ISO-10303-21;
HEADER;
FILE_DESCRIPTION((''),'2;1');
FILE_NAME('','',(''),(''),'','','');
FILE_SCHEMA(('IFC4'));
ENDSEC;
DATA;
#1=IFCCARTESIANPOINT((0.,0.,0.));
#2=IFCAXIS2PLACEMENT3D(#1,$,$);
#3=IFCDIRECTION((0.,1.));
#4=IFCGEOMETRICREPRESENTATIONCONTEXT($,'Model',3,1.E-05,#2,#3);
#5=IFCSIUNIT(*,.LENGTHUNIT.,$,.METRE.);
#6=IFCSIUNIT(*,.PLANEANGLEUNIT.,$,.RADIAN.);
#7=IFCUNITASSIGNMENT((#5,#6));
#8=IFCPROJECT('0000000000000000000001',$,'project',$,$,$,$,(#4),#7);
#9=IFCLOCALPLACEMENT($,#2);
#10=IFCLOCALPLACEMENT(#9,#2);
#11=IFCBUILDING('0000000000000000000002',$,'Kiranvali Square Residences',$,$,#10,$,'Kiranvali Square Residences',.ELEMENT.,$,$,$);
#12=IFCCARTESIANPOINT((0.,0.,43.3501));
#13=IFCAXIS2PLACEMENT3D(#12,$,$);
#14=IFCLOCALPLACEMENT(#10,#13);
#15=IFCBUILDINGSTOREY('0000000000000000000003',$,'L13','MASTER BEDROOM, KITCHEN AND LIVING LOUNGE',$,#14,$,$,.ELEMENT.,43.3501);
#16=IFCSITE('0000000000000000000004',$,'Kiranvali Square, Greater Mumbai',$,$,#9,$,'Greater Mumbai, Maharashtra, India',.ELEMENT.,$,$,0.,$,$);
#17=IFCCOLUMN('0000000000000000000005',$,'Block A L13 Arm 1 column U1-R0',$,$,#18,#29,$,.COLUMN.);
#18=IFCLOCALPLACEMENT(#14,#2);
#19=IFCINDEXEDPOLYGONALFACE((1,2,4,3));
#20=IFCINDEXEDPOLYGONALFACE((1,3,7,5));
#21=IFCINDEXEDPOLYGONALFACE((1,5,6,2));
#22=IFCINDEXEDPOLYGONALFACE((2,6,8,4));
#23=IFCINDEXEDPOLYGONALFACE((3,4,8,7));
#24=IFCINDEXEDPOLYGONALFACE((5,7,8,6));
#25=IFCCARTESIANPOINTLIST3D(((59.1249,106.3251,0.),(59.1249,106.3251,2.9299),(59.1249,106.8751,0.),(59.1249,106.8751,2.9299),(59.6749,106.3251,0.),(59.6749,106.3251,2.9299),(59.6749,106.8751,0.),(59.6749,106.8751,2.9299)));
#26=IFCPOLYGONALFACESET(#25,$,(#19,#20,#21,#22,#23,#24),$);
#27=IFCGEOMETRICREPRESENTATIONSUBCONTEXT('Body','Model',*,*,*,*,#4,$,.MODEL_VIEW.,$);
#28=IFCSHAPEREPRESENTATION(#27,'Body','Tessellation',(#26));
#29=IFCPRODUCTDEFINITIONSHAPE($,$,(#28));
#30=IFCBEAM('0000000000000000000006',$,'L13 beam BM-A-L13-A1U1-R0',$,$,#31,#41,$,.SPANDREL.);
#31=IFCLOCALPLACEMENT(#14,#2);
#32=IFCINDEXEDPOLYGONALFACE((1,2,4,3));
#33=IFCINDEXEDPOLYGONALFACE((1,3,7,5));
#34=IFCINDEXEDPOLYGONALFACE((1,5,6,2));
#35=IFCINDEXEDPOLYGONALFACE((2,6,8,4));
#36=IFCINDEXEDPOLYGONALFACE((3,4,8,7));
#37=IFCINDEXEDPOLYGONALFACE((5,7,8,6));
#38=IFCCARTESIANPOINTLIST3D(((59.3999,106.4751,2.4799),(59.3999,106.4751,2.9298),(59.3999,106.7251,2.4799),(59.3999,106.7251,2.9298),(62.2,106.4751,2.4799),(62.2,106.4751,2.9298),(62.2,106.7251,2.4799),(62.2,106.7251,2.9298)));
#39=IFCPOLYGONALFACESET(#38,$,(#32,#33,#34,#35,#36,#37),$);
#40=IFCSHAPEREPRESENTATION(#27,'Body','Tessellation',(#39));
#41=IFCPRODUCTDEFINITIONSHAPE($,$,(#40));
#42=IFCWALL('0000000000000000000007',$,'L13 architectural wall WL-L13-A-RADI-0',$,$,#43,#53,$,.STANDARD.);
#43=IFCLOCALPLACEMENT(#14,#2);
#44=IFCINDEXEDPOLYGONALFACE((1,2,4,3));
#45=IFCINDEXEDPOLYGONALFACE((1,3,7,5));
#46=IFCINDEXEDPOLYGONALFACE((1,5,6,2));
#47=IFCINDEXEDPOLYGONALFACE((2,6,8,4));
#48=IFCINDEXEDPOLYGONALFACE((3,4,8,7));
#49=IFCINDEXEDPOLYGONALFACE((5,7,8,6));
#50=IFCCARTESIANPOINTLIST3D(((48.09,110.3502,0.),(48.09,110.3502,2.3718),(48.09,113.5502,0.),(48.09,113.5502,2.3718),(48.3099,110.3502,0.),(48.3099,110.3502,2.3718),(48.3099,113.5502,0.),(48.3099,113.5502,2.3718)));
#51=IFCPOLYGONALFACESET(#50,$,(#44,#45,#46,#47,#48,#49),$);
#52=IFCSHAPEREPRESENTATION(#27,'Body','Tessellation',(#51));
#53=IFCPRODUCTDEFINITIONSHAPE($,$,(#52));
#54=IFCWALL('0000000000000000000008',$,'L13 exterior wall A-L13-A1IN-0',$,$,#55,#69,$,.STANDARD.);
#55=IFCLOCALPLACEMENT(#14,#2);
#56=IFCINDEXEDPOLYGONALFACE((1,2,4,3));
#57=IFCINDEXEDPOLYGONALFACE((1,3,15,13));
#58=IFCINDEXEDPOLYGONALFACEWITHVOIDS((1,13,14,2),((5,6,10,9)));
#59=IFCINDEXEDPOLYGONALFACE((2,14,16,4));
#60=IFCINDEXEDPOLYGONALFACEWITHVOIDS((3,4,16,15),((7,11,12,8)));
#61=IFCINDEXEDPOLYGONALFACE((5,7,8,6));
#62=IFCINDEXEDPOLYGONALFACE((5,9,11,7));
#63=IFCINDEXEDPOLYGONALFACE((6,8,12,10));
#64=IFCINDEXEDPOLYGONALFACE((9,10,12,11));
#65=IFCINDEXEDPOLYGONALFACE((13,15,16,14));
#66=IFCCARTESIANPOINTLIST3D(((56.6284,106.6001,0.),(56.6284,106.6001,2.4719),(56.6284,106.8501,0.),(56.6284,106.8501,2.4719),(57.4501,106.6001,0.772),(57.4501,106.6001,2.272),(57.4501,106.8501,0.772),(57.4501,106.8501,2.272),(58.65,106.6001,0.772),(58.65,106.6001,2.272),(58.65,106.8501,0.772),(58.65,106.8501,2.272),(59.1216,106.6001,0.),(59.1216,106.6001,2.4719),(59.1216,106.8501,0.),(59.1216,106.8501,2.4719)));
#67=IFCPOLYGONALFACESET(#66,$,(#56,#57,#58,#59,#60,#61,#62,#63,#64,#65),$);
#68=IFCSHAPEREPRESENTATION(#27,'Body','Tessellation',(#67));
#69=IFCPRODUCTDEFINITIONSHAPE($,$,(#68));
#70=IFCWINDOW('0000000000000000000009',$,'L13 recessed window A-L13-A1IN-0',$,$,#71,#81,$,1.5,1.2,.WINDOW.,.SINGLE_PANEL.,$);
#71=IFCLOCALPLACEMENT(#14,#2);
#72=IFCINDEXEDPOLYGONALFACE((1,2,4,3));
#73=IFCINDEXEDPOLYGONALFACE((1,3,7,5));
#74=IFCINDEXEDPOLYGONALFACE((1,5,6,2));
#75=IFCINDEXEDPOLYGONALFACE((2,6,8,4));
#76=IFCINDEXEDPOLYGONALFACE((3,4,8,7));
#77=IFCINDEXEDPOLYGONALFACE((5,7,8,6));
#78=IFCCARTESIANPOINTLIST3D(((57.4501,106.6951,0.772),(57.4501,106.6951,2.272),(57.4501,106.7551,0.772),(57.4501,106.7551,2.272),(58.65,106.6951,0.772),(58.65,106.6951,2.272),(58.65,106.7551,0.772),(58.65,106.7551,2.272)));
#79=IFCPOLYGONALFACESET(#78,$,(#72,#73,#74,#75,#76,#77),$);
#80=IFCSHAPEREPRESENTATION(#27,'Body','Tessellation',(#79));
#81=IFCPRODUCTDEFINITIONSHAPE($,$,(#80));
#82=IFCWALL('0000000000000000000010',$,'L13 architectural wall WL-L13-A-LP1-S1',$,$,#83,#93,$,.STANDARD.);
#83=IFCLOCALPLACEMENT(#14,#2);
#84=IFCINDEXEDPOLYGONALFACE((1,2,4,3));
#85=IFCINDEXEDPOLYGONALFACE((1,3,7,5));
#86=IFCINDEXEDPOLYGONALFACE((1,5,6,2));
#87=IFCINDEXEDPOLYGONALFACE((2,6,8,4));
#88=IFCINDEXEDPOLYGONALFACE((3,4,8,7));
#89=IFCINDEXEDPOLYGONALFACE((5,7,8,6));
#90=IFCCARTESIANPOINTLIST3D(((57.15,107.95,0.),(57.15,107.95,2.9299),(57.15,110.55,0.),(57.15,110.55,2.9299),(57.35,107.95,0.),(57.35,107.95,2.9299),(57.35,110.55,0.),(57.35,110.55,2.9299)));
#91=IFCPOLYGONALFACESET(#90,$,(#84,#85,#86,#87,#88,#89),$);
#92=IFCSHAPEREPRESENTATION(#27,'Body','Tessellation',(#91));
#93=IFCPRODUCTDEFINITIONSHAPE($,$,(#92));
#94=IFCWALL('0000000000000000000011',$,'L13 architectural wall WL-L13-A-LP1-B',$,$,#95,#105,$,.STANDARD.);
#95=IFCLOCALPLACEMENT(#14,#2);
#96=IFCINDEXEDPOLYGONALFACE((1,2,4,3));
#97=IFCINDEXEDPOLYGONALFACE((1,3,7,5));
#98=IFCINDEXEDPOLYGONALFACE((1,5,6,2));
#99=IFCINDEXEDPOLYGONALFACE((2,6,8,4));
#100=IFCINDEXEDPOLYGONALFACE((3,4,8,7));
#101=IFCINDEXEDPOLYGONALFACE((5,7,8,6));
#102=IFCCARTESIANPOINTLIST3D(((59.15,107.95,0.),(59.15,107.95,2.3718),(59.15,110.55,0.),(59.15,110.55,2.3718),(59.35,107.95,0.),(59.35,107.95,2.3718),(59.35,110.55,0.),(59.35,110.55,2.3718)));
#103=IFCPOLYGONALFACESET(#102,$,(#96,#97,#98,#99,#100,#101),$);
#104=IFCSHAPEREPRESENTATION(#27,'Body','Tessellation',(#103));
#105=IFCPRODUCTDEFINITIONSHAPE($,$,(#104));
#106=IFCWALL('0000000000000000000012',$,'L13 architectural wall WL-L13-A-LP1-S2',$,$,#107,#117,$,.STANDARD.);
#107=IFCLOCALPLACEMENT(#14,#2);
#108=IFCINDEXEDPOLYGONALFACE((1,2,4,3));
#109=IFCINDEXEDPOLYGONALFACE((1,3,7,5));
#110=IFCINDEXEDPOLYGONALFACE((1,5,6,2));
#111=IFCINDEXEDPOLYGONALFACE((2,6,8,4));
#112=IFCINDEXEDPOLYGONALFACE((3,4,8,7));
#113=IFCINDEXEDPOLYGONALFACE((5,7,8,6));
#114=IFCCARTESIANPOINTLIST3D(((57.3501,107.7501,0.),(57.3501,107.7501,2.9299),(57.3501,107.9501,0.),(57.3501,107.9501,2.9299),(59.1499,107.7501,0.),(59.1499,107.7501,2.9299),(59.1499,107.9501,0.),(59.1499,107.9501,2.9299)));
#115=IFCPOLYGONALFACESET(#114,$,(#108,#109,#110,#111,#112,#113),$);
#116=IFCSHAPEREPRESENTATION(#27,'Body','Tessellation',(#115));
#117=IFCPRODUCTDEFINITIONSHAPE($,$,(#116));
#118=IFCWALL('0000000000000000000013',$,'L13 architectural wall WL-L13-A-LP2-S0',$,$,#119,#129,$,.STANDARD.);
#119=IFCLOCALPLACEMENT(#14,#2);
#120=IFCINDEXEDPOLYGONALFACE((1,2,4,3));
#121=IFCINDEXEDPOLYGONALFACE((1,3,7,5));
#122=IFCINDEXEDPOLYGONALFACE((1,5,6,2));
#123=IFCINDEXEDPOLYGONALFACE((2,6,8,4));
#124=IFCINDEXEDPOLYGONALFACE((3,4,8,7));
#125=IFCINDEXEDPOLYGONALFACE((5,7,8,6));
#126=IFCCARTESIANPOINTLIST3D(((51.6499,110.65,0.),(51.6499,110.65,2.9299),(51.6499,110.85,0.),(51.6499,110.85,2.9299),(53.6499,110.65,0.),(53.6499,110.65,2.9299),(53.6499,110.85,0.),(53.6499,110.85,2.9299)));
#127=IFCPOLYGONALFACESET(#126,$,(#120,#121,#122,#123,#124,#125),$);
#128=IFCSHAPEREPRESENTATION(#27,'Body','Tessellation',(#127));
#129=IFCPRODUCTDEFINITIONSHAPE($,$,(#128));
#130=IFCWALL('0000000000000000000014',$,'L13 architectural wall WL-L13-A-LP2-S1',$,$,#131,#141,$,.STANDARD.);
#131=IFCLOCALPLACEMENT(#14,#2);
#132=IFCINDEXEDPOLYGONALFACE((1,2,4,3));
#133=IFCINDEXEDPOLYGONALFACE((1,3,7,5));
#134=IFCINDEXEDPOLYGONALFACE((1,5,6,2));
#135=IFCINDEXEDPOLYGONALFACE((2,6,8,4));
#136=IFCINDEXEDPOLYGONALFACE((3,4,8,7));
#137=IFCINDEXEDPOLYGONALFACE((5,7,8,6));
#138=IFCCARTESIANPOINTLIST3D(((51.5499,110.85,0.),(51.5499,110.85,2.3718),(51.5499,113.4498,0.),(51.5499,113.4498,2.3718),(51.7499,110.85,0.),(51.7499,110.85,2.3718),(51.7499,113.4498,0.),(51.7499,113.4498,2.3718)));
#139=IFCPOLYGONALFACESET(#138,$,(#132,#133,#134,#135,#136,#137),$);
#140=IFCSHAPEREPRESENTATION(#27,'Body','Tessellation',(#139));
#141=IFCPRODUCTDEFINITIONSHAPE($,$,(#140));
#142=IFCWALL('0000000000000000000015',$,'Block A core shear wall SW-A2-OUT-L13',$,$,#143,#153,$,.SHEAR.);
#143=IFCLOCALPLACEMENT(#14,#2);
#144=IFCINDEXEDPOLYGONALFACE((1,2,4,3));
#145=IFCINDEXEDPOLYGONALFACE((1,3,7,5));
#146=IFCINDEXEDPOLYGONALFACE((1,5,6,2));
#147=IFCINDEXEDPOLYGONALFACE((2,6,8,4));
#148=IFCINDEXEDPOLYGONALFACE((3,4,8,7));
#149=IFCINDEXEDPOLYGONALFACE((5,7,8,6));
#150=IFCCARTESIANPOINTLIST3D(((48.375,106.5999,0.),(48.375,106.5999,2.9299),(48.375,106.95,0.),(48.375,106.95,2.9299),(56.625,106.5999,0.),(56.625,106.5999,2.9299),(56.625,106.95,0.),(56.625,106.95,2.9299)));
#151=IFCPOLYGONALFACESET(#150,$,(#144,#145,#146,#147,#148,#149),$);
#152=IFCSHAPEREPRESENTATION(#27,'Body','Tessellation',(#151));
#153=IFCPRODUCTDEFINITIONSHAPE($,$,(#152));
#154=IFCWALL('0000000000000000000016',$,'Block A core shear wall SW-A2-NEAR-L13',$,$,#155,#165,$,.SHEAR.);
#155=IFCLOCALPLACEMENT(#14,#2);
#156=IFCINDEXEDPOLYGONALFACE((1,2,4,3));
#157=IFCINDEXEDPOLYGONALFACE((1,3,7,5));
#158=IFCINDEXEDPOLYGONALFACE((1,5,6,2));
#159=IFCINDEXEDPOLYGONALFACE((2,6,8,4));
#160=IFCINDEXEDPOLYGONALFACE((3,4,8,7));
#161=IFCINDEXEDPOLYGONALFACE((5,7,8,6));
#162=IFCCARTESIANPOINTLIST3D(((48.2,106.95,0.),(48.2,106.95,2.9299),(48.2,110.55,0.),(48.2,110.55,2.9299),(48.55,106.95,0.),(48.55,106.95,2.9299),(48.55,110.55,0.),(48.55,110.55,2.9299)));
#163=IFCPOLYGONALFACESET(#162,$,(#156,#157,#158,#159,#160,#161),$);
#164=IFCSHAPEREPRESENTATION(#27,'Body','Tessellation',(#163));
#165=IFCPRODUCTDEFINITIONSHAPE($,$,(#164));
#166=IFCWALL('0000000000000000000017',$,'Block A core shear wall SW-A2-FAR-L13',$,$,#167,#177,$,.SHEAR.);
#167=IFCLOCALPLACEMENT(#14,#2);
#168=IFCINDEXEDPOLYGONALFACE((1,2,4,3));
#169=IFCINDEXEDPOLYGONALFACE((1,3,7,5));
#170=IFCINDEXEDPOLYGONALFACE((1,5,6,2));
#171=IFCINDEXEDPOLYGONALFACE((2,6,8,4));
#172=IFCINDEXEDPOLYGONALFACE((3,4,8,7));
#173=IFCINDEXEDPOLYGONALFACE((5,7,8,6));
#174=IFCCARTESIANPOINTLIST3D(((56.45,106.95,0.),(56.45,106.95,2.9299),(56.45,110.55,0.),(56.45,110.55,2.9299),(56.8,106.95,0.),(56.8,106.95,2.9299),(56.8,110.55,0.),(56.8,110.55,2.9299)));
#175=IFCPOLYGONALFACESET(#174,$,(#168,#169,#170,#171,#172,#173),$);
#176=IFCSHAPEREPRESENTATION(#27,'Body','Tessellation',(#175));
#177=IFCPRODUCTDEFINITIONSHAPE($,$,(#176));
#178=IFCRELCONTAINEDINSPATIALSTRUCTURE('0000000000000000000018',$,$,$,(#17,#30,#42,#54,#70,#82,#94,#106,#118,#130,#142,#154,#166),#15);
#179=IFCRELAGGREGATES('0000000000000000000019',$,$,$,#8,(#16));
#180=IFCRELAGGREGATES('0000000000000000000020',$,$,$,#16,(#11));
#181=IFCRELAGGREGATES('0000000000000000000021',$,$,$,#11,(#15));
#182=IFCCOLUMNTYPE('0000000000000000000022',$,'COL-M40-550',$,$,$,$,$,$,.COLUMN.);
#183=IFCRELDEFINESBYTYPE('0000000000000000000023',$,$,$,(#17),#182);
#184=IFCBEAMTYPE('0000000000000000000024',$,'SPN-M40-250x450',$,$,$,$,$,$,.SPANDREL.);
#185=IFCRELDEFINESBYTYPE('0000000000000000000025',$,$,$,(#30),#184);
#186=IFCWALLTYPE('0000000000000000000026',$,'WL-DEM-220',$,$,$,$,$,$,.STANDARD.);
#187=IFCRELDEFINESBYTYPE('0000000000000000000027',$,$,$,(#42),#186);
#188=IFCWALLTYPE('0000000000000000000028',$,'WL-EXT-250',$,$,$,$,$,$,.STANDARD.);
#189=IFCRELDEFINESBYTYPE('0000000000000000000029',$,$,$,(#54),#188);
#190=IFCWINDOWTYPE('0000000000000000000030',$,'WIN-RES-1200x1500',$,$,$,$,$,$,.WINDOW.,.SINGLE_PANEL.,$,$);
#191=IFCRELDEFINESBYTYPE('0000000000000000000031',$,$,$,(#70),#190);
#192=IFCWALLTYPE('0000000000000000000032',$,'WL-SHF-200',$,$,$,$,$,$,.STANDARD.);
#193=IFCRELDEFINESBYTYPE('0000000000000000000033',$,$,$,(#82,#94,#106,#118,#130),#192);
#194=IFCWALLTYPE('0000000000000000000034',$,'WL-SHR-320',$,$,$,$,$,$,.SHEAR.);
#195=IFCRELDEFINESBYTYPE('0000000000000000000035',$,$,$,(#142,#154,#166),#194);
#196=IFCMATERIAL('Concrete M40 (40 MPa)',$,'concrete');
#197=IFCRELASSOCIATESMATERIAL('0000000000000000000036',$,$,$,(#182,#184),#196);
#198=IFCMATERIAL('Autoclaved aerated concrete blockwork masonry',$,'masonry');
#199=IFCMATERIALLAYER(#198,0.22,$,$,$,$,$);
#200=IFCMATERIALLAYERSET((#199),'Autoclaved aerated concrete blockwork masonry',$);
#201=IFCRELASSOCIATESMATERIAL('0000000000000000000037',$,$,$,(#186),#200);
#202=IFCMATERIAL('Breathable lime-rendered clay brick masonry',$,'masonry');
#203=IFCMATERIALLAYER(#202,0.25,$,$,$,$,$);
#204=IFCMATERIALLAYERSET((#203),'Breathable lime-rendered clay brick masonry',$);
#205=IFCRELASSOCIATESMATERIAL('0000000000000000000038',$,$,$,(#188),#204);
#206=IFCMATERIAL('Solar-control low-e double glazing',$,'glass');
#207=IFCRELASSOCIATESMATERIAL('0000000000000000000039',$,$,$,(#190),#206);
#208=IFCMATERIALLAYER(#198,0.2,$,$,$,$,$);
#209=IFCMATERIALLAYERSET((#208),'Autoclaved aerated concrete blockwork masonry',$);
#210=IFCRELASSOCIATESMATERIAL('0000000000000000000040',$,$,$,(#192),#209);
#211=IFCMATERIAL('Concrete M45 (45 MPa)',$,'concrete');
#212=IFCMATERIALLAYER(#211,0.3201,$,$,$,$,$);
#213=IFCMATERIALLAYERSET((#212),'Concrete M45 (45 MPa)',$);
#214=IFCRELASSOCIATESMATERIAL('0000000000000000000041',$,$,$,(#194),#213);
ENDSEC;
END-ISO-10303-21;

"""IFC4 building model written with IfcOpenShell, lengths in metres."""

from ifc_helpers import new_model, si_unit, direction, frame, frame_2d, origin, origin_2d, place, context, subcontext, project, spatial, rectangle, extrude, material, layer, layer_set, material_profile, profile_set, type_object, element, fill, save


model = new_model("IFC4")

# Units and contexts
model_context = context("Model", 3, precision=1e-05, world=origin(), true_north=direction((0.0, 1.0)))
body_context = subcontext(model_context, "Body", "Model", "MODEL_VIEW")
ifc_project = project(units=[si_unit("LENGTHUNIT", "METRE"), si_unit("PLANEANGLEUNIT", "RADIAN")], contexts=[model_context])

# Site, building, storey
site_placement = place(None, origin())
site = spatial("IfcSite", under=ifc_project, at=site_placement, Name="Kiranvali Square, Greater Mumbai", LongName="Greater Mumbai, Maharashtra, India", CompositionType="ELEMENT", RefElevation=0.0)
building_placement = place(site_placement, origin())
building = spatial("IfcBuilding", under=site, at=building_placement, Name="Kiranvali Square Residences", LongName="Kiranvali Square Residences", CompositionType="ELEMENT")
storey_placement = place(building_placement, frame((0.0, 0.0, 43.3501)))
storey = spatial("IfcBuildingStorey", under=building, at=storey_placement, Name="L13", Description="MASTER BEDROOM, KITCHEN AND LIVING LOUNGE", CompositionType="ELEMENT", Elevation=43.3501)

# Column
ifc_material_1 = material(Name="Concrete M40 (40 MPa)", Category="concrete")
ifc_material_profile_1 = material_profile(ifc_material_1, rectangle(XDim=0.55, YDim=0.55, at=origin_2d()), Name="RC 550x550")
ifc_profile_set_1 = profile_set([ifc_material_profile_1], Name="Concrete M40 (40 MPa)")
column_type = type_object("IfcColumnType", Name="COL-M40-550", PredefinedType="COLUMN", material=ifc_profile_set_1)
column_placement = place(storey_placement, frame((59.3999, 106.6001, 0.0), z_axis=(0.0, 0.0, 1.0), x_axis=(1.0, 0.0, 0.0)))
element("IfcColumn", 1, at=column_placement, inside=storey, type_object=column_type, Name="Block A L13 Arm 1 column U1-R0", PredefinedType="COLUMN", context=body_context, shape_type="SweptSolid", body=[
    extrude(rectangle(XDim=0.55, YDim=0.55, at=origin_2d()), origin(), (0.0, 0.0, 1.0), 2.9299),
])

# Beam
ifc_material_profile_2 = material_profile(ifc_material_1, rectangle(XDim=0.25, YDim=0.45, at=origin_2d()), Name="RC 250x450")
ifc_profile_set_2 = profile_set([ifc_material_profile_2], Name="Concrete M40 (40 MPa)")
beam_type = type_object("IfcBeamType", Name="SPN-M40-250x450", PredefinedType="SPANDREL", material=ifc_profile_set_2)
beam_placement = place(storey_placement, frame((59.3999, 106.6001, 2.7048), z_axis=(1.0, 0.0, 0.0), x_axis=(0.0, 1.0, 0.0)))
element("IfcBeam", 2, at=beam_placement, inside=storey, type_object=beam_type, Name="L13 beam BM-A-L13-A1U1-R0", PredefinedType="SPANDREL", context=body_context, shape_type="SweptSolid", body=[
    extrude(rectangle(XDim=0.25, YDim=0.45, at=origin_2d()), origin(), (0.0, 0.0, 1.0), 2.8),
])

# Wall
ifc_material_2 = material(Name="Autoclaved aerated concrete blockwork masonry", Category="masonry")
ifc_layer_1 = layer(ifc_material_2, 0.22)
ifc_layer_set_1 = layer_set([ifc_layer_1], Name="Autoclaved aerated concrete blockwork masonry")
wall_type_1 = type_object("IfcWallType", Name="WL-DEM-220", PredefinedType="STANDARD", material=ifc_layer_set_1)
wall_1_placement = place(storey_placement, frame((48.2, 110.3501, 0.0), z_axis=(0.0, 0.0, 1.0), x_axis=(0.0, 1.0, 0.0)))
element("IfcWall", 3, at=wall_1_placement, inside=storey, type_object=wall_type_1, Name="L13 architectural wall WL-L13-A-RADI-0", PredefinedType="STANDARD", context=body_context, shape_type="SweptSolid", body=[
    extrude(rectangle(XDim=3.2, YDim=0.22, at=frame_2d((1.6001, 0.0))), origin(), (0.0, 0.0, 1.0), 2.3718),
])

# Wall, opening, window
ifc_material_3 = material(Name="Breathable lime-rendered clay brick masonry", Category="masonry")
ifc_layer_2 = layer(ifc_material_3, 0.25)
ifc_layer_set_2 = layer_set([ifc_layer_2], Name="Breathable lime-rendered clay brick masonry")
wall_type_2 = type_object("IfcWallType", Name="WL-EXT-250", PredefinedType="STANDARD", material=ifc_layer_set_2)
wall_2_placement = place(storey_placement, frame((56.6284, 106.7251, 0.0), z_axis=(0.0, 0.0, 1.0), x_axis=(1.0, 0.0, 0.0)))
wall_2 = element("IfcWall", 4, at=wall_2_placement, inside=storey, type_object=wall_type_2, Name="L13 exterior wall A-L13-A1IN-0", PredefinedType="STANDARD", context=body_context, shape_type="SweptSolid", body=[
    extrude(rectangle(XDim=2.4932, YDim=0.25, at=frame_2d((1.2466, 0.0))), origin(), (0.0, 0.0, 1.0), 2.4719),
])
opening_1_placement = place(wall_2_placement, frame((0.8215, 0.0, 0.772)))
opening_1 = element("IfcOpeningElement", 5, at=opening_1_placement, cuts=wall_2, PredefinedType="OPENING", context=body_context, shape_type="SweptSolid", body=[
    extrude(rectangle(XDim=1.2, YDim=1.5, at=frame_2d((0.6001, 0.75))), frame((0.0, 0.135, 0.0), z_axis=(0.0, -1.0, 0.0), x_axis=(1.0, 0.0, 0.0)), (0.0, 0.0, 1.0), 0.27),
])
ifc_material_4 = material(Name="Solar-control low-e double glazing", Category="glass")
window_type = type_object("IfcWindowType", Name="WIN-RES-1200x1500", PartitioningType="SINGLE_PANEL", PredefinedType="WINDOW", material=ifc_material_4)
window_placement = place(opening_1_placement, origin())
window = element("IfcWindow", 6, at=window_placement, inside=storey, type_object=window_type, Name="L13 recessed window A-L13-A1IN-0", OverallHeight=1.5, OverallWidth=1.2, PartitioningType="SINGLE_PANEL", PredefinedType="WINDOW", context=body_context, shape_type="SweptSolid", body=[
    extrude(rectangle(XDim=1.2, YDim=1.5, at=frame_2d((0.6001, 0.75))), frame((0.0, 0.03, 0.0), z_axis=(0.0, -1.0, 0.0), x_axis=(1.0, 0.0, 0.0)), (0.0, 0.0, 1.0), 0.0601),
])
fill(opening_1, window)

# Walls
ifc_layer_3 = layer(ifc_material_2, 0.2)
ifc_layer_set_3 = layer_set([ifc_layer_3], Name="Autoclaved aerated concrete blockwork masonry")
wall_type_3 = type_object("IfcWallType", Name="WL-SHF-200", PredefinedType="STANDARD", material=ifc_layer_set_3)
wall_3_placement = place(storey_placement, frame((57.25, 107.95, 0.0), z_axis=(0.0, 0.0, 1.0), x_axis=(0.0, 1.0, 0.0)))
element("IfcWall", 7, at=wall_3_placement, inside=storey, type_object=wall_type_3, Name="L13 architectural wall WL-L13-A-LP1-S1", PredefinedType="STANDARD", context=body_context, shape_type="SweptSolid", body=[
    extrude(rectangle(XDim=2.6001, YDim=0.2, at=frame_2d((1.3, 0.0))), origin(), (0.0, 0.0, 1.0), 2.9299),
])
wall_4_placement = place(storey_placement, frame((59.25, 107.95, 0.0), z_axis=(0.0, 0.0, 1.0), x_axis=(0.0, 1.0, 0.0)))
element("IfcWall", 8, at=wall_4_placement, inside=storey, type_object=wall_type_3, Name="L13 architectural wall WL-L13-A-LP1-B", PredefinedType="STANDARD", context=body_context, shape_type="SweptSolid", body=[
    extrude(rectangle(XDim=2.6001, YDim=0.2, at=frame_2d((1.3, 0.0))), origin(), (0.0, 0.0, 1.0), 2.3718),
])
wall_5_placement = place(storey_placement, frame((57.3501, 107.8501, 0.0), z_axis=(0.0, 0.0, 1.0), x_axis=(1.0, 0.0, 0.0)))
element("IfcWall", 9, at=wall_5_placement, inside=storey, type_object=wall_type_3, Name="L13 architectural wall WL-L13-A-LP1-S2", PredefinedType="STANDARD", context=body_context, shape_type="SweptSolid", body=[
    extrude(rectangle(XDim=1.7998, YDim=0.2, at=frame_2d((0.8999, 0.0))), origin(), (0.0, 0.0, 1.0), 2.9299),
])

# Walls
wall_6_placement = place(storey_placement, frame((51.6499, 110.75, 0.0), z_axis=(0.0, 0.0, 1.0), x_axis=(1.0, 0.0, 0.0)))
element("IfcWall", 10, at=wall_6_placement, inside=storey, type_object=wall_type_3, Name="L13 architectural wall WL-L13-A-LP2-S0", PredefinedType="STANDARD", context=body_context, shape_type="SweptSolid", body=[
    extrude(rectangle(XDim=2.0, YDim=0.2, at=frame_2d((1.0, 0.0))), origin(), (0.0, 0.0, 1.0), 2.9299),
])
wall_7_placement = place(storey_placement, frame((51.6499, 110.8501, 0.0), z_axis=(0.0, 0.0, 1.0), x_axis=(0.0, 1.0, 0.0)))
element("IfcWall", 11, at=wall_7_placement, inside=storey, type_object=wall_type_3, Name="L13 architectural wall WL-L13-A-LP2-S1", PredefinedType="STANDARD", context=body_context, shape_type="SweptSolid", body=[
    extrude(rectangle(XDim=2.5999, YDim=0.2, at=frame_2d((1.2998, 0.0))), origin(), (0.0, 0.0, 1.0), 2.3718),
])

# Wall
ifc_material_5 = material(Name="Concrete M45 (45 MPa)", Category="concrete")
ifc_layer_4 = layer(ifc_material_5, 0.3201)
ifc_layer_set_4 = layer_set([ifc_layer_4], Name="Concrete M45 (45 MPa)")
wall_type_4 = type_object("IfcWallType", Name="WL-SHR-320", PredefinedType="SHEAR", material=ifc_layer_set_4)
wall_8_placement = place(storey_placement, frame((48.375, 106.7749, 0.0), z_axis=(0.0, 0.0, 1.0), x_axis=(1.0, 0.0, 0.0)))
element("IfcWall", 12, at=wall_8_placement, inside=storey, type_object=wall_type_4, Name="Block A core shear wall SW-A2-OUT-L13", PredefinedType="SHEAR", context=body_context, shape_type="SweptSolid", body=[
    extrude(rectangle(XDim=8.25, YDim=0.3501, at=frame_2d((4.125, 0.0))), origin(), (0.0, 0.0, 1.0), 2.9299),
])

# Walls
for number, where, z_axis, x_axis, name in (
    (13, (48.375, 106.95, 0.0), (0.0, 0.0, 1.0), (0.0, 1.0, 0.0), "Block A core shear wall SW-A2-NEAR-L13"),
    (14, (56.625, 106.95, 0.0), (0.0, 0.0, 1.0), (0.0, 1.0, 0.0), "Block A core shear wall SW-A2-FAR-L13"),
):
    element("IfcWall", number, at=place(storey_placement, frame(where, z_axis=z_axis, x_axis=x_axis)), inside=storey, type_object=wall_type_4, Name=name, PredefinedType="SHEAR", context=body_context, shape_type="SweptSolid", body=[
        extrude(rectangle(XDim=3.6001, YDim=0.3501, at=frame_2d((1.8, 0.0))), origin(), (0.0, 0.0, 1.0), 2.9299),
    ])

save(model, "model.ifc")
